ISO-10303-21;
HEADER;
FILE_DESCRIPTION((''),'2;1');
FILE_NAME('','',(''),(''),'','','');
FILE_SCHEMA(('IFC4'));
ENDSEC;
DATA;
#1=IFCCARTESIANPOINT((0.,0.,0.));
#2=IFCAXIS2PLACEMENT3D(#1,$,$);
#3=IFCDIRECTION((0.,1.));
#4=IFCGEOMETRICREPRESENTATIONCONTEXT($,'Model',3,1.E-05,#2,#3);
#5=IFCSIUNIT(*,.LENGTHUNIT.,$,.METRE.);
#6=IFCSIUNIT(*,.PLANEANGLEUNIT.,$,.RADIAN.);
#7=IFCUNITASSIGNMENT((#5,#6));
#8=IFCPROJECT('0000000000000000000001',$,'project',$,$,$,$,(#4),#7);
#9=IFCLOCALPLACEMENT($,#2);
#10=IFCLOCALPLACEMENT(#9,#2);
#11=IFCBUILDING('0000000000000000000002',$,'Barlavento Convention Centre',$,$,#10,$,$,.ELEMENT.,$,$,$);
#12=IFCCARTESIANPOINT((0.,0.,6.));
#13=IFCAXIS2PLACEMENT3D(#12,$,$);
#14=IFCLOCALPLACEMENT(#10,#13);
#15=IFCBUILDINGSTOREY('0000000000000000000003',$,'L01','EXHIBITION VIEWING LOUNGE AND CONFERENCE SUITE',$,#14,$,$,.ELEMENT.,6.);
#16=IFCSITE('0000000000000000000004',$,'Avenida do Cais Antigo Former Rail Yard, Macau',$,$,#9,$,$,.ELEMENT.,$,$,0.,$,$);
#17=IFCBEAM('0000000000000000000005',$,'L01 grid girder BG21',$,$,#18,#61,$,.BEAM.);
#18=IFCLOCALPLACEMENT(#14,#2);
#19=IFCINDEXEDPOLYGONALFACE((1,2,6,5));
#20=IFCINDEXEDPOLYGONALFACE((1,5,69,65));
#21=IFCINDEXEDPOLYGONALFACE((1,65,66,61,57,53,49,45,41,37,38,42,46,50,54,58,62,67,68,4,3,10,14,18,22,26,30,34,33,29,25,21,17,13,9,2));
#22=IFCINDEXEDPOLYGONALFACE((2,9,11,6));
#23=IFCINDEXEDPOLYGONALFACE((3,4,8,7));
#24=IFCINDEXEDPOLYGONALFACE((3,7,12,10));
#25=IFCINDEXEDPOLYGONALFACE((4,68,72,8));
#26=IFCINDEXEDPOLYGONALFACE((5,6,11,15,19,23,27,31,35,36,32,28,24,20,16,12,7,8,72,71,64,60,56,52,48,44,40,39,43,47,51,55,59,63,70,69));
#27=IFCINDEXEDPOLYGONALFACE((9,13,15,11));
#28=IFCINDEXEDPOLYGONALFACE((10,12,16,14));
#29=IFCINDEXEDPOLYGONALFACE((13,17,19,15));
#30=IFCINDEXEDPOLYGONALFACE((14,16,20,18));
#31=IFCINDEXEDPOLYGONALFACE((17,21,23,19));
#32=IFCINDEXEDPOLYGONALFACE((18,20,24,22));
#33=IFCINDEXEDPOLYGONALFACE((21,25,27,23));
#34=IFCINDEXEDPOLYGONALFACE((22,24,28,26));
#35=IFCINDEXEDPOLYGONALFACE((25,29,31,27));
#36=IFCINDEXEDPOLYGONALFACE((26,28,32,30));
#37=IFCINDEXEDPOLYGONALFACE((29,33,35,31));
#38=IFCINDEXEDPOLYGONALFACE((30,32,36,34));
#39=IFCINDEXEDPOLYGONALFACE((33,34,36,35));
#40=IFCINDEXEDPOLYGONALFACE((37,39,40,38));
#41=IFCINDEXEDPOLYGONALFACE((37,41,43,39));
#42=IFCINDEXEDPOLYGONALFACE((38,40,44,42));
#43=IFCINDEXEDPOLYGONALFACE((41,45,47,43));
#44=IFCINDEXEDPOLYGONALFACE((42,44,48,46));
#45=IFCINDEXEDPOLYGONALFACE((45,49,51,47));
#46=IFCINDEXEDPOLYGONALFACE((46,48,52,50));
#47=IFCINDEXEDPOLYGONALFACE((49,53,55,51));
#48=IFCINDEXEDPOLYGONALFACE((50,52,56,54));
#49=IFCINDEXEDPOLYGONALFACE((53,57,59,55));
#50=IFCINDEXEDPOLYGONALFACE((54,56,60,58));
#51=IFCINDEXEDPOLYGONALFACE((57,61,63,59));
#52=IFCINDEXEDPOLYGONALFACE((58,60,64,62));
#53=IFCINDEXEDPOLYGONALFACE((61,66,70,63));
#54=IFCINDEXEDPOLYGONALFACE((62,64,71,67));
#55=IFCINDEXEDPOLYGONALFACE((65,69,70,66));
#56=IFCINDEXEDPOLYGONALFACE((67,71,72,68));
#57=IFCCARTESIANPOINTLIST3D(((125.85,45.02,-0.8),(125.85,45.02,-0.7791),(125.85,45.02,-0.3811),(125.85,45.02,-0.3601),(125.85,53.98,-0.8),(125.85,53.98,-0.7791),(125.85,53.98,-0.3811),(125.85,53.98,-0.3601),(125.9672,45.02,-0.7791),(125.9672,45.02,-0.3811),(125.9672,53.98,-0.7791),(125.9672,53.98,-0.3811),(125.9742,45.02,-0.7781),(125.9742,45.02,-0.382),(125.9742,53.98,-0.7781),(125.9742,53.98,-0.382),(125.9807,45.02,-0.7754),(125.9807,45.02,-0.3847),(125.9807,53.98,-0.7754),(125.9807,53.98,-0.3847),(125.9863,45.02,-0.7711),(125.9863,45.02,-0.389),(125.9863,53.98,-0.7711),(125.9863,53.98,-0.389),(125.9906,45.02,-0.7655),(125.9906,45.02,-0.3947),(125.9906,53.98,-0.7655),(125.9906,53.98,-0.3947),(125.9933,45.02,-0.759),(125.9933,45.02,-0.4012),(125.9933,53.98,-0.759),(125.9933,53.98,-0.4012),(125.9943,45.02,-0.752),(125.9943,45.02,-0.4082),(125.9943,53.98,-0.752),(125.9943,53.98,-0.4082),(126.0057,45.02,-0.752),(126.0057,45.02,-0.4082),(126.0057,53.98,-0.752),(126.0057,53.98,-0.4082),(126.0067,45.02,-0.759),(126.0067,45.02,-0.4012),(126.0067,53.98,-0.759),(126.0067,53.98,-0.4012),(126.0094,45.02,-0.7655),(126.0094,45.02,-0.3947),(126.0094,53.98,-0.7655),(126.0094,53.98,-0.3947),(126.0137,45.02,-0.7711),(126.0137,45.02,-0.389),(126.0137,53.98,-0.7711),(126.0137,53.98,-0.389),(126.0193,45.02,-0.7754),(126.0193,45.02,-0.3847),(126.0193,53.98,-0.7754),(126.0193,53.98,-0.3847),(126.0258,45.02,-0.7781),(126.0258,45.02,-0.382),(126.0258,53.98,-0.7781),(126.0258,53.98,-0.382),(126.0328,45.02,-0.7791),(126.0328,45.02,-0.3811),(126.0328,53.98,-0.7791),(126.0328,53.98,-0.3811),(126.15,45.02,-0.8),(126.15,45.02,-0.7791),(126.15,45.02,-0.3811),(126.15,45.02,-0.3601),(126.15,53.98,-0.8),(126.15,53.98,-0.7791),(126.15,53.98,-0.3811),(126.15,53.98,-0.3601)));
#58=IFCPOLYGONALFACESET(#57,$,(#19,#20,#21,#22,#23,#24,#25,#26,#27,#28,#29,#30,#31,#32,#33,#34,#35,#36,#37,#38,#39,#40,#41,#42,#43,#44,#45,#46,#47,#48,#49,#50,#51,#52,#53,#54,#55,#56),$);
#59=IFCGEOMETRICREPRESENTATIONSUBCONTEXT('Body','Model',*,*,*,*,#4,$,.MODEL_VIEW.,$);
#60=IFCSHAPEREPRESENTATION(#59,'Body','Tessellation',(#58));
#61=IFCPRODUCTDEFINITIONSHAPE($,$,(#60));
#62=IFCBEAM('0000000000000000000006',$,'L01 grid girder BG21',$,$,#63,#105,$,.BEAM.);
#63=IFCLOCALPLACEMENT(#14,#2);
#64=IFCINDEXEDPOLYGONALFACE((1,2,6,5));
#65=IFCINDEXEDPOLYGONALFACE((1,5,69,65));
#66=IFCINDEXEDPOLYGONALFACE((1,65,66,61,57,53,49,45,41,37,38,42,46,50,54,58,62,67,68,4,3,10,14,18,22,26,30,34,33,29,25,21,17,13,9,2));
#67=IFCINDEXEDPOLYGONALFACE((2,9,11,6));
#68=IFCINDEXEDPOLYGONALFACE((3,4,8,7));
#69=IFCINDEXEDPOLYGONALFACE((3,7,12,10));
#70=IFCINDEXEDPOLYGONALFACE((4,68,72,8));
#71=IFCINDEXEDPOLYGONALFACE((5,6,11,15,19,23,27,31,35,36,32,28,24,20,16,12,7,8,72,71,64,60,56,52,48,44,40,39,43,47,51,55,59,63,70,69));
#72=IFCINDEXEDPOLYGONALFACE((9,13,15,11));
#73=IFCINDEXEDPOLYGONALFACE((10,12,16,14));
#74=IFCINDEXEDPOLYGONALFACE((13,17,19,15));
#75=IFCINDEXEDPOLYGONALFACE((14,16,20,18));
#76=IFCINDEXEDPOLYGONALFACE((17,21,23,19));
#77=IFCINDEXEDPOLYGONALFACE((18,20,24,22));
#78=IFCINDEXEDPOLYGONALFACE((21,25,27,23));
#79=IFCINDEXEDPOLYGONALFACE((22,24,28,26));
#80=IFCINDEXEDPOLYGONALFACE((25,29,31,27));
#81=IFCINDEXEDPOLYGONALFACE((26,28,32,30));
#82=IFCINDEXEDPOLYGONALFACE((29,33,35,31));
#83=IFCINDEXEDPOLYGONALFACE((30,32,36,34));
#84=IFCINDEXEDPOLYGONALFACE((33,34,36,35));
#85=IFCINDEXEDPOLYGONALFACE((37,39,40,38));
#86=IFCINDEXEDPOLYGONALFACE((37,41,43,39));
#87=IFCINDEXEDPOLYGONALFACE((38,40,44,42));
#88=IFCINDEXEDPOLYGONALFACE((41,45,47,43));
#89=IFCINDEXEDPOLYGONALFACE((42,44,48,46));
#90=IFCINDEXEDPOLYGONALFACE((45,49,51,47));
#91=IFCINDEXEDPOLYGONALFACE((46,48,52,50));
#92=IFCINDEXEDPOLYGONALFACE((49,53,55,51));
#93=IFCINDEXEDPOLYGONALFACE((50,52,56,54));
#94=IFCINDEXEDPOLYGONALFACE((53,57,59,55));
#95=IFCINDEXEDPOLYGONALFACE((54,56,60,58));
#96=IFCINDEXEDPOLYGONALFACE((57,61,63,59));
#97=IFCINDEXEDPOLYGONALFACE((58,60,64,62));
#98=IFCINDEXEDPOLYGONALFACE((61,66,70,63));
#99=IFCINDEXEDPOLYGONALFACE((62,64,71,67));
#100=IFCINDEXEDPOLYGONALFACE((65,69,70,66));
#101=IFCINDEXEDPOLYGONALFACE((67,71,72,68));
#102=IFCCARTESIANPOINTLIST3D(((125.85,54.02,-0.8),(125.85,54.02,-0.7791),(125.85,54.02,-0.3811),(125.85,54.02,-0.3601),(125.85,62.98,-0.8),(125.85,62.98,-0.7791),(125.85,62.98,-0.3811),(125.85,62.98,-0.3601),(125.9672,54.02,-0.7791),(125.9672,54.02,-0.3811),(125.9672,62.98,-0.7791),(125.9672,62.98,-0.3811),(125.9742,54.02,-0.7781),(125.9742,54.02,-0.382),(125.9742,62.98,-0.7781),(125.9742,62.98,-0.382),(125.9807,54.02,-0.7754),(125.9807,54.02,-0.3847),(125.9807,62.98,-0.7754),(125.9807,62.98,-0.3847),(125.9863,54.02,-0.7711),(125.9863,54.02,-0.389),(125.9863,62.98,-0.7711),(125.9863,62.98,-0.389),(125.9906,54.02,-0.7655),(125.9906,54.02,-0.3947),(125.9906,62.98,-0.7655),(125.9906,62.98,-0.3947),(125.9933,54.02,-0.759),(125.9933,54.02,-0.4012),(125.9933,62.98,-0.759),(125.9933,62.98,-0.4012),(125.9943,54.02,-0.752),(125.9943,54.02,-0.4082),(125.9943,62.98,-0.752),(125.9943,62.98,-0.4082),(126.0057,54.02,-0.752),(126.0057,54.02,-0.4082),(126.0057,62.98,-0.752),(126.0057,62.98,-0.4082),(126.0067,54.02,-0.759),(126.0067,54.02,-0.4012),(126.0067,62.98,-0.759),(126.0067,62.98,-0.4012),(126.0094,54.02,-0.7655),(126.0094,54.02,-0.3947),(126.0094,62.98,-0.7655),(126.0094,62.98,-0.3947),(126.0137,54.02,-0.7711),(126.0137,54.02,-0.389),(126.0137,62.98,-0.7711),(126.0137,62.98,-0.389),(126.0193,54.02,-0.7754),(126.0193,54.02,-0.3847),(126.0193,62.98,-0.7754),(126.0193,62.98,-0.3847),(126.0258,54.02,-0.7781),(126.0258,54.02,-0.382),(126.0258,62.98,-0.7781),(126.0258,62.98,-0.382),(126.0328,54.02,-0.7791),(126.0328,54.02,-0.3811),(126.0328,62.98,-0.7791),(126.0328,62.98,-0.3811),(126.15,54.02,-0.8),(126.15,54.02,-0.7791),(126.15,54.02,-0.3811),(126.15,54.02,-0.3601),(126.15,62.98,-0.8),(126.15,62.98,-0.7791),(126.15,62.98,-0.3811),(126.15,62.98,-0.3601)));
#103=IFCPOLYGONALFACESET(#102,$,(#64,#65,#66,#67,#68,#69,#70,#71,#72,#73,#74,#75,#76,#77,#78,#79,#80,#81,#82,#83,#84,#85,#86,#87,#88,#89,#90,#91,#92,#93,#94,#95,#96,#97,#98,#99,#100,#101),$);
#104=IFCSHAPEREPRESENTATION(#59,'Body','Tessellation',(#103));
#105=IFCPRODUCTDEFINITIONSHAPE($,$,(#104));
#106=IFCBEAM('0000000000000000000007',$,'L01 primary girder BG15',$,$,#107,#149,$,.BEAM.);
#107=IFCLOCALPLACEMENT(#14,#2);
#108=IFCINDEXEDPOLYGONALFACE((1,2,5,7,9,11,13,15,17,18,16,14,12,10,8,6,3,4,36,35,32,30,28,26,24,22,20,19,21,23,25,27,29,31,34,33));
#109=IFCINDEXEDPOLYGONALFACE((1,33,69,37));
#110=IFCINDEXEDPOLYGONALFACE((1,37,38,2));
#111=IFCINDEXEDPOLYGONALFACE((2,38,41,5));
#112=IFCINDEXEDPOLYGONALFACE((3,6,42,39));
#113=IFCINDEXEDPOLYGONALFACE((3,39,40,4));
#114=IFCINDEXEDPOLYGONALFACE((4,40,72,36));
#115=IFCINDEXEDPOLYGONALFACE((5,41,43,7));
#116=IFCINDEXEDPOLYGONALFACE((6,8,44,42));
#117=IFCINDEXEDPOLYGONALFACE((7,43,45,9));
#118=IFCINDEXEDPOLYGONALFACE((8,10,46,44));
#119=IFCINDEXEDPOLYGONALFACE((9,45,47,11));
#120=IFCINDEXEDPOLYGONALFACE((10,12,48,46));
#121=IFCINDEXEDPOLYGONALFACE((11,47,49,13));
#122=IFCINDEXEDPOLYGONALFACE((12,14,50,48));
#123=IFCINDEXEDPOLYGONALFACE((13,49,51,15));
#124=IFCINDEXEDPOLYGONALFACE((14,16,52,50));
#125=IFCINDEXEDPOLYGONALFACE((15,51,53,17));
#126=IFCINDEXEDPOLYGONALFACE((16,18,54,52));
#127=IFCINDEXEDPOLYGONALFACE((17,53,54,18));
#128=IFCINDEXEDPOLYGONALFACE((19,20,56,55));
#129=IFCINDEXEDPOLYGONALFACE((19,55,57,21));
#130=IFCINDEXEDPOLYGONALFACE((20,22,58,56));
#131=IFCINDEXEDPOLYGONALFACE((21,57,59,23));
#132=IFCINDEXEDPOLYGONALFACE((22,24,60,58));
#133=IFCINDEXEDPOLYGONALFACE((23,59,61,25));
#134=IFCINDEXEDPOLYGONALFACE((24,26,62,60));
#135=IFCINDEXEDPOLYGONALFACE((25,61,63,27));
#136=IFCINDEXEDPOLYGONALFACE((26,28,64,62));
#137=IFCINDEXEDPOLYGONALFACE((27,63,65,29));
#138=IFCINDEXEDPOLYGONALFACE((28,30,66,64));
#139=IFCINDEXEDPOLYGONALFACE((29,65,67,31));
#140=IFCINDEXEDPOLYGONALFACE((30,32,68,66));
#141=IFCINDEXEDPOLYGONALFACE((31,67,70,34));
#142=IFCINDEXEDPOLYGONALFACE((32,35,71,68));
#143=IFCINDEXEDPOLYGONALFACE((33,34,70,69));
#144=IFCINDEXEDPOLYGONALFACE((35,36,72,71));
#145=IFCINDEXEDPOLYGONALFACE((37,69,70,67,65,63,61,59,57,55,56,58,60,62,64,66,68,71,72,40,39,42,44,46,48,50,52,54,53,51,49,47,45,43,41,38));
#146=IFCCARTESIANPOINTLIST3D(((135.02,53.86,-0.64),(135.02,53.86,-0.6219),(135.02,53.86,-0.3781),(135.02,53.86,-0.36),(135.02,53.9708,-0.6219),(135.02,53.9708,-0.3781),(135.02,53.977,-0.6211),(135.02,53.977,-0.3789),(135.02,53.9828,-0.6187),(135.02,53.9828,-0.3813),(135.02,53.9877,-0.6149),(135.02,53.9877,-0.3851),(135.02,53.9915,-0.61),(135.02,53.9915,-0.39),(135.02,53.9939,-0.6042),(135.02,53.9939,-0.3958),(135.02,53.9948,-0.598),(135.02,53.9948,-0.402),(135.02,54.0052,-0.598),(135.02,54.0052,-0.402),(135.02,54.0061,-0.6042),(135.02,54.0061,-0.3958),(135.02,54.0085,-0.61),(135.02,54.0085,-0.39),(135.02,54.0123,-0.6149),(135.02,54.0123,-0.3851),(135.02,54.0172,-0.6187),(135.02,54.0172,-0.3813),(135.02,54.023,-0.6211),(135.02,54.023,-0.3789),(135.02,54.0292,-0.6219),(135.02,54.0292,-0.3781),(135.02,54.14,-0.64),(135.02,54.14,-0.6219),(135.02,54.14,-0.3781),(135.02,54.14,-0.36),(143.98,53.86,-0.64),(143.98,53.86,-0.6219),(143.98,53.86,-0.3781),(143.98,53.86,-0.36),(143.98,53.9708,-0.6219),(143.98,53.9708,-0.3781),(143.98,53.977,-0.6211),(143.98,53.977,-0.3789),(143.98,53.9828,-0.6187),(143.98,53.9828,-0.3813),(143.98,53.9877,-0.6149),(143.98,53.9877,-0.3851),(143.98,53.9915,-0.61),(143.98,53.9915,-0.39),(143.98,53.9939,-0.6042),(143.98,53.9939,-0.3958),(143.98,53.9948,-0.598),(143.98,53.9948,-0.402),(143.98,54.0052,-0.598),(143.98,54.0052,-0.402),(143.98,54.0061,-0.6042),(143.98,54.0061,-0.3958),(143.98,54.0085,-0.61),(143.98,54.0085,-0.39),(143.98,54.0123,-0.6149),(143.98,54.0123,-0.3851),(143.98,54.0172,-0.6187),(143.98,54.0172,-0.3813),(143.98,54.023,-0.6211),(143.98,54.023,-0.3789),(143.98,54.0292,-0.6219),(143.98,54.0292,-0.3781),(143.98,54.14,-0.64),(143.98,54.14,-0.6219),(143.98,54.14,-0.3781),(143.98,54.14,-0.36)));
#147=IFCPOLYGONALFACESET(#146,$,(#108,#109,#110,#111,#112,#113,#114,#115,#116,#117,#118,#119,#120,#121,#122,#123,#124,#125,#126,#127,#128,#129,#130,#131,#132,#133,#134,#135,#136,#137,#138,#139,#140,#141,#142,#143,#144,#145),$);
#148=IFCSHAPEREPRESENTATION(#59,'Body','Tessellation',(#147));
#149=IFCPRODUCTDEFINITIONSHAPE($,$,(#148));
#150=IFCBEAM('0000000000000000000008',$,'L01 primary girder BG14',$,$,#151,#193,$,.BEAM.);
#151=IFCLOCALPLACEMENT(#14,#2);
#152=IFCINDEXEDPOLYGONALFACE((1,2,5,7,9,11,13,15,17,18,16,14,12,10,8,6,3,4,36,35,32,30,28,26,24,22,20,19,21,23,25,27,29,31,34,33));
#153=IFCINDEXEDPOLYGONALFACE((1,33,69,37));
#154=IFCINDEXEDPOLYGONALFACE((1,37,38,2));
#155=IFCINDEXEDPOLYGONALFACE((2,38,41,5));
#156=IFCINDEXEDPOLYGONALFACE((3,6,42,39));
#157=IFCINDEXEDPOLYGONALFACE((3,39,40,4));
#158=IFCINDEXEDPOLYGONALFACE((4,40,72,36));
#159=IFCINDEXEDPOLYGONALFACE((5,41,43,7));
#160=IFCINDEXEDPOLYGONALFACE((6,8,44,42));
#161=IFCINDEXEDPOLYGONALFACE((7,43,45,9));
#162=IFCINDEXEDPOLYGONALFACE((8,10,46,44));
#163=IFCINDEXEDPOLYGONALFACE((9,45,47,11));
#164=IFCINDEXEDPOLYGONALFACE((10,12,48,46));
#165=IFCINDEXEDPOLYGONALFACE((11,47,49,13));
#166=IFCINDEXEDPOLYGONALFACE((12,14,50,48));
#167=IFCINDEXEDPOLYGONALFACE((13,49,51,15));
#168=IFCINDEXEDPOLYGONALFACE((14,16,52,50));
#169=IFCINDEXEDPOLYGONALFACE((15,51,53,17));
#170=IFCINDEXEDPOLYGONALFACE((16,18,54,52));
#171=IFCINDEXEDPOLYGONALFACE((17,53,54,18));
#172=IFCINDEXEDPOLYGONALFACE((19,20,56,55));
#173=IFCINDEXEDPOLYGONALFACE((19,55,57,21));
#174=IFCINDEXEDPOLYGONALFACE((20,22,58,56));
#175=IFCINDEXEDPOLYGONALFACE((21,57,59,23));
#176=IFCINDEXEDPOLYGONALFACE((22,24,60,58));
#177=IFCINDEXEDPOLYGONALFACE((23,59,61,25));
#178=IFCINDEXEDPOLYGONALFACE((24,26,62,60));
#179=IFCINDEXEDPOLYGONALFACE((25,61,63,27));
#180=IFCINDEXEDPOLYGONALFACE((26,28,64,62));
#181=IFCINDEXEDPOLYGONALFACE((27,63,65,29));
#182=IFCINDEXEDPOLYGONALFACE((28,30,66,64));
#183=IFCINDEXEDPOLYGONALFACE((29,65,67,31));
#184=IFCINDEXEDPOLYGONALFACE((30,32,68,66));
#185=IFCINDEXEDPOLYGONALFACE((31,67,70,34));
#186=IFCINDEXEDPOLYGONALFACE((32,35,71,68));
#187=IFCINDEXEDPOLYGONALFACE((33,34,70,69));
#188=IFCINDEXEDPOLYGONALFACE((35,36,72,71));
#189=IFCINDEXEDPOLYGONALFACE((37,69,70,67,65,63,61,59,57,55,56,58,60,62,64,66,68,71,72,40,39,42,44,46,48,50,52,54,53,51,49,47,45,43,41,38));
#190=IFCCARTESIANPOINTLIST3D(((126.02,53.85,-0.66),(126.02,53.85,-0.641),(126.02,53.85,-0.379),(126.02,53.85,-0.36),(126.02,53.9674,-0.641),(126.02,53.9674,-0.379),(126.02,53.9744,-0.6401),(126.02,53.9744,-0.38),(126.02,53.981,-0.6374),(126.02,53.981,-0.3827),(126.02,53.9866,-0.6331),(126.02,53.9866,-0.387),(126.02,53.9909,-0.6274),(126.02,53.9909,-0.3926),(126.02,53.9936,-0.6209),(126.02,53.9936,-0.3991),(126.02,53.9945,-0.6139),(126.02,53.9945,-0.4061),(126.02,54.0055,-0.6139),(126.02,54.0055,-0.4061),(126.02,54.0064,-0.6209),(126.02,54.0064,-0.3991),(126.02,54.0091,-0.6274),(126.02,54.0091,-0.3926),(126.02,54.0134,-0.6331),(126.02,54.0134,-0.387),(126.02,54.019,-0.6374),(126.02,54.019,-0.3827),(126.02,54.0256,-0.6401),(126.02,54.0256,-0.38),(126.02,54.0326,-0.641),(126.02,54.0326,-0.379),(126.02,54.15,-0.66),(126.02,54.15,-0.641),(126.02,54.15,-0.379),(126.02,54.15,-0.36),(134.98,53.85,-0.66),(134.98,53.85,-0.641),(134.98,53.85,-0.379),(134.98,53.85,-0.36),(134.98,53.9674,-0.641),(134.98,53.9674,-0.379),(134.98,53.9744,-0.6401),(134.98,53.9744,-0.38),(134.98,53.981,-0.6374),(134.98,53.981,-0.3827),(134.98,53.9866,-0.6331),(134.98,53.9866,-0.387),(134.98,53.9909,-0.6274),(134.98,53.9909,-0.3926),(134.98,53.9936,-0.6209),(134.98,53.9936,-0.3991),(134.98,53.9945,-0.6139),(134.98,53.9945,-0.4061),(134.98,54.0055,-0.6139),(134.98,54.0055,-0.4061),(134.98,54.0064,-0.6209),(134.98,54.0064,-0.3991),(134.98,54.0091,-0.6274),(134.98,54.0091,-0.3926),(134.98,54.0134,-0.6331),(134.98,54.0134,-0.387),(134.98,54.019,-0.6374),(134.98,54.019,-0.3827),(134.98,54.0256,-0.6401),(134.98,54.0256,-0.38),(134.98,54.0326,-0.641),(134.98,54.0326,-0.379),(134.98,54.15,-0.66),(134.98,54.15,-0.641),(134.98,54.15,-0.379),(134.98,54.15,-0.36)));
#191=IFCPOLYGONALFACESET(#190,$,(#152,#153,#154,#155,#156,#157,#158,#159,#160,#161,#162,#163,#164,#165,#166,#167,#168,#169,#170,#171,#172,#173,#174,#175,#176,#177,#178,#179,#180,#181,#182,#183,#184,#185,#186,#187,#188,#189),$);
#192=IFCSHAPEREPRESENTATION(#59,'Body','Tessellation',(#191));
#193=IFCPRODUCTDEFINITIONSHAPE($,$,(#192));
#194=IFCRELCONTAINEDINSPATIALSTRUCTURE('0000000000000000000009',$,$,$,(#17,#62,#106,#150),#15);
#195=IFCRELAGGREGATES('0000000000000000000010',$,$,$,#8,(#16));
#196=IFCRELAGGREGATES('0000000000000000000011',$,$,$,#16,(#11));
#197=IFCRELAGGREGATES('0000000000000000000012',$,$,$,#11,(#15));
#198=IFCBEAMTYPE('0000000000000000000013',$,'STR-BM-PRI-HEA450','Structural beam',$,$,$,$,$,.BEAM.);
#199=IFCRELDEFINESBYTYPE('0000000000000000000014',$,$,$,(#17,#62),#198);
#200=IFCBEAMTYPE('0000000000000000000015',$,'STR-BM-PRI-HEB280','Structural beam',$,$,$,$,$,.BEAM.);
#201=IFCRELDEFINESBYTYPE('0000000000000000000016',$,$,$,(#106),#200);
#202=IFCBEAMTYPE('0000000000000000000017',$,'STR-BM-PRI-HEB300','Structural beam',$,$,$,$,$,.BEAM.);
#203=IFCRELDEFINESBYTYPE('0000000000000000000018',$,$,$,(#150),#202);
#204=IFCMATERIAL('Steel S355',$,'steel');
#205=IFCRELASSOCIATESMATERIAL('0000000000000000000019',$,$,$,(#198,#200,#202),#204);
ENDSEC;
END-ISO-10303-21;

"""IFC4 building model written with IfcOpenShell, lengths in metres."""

from ifc_helpers import new_model, si_unit, direction, frame, origin, origin_2d, place, context, subcontext, project, spatial, i_section, extrude, material, material_profile, profile_set, type_object, element, save


model = new_model("IFC4")

# Units and contexts
model_context = context("Model", 3, precision=1e-05, world=origin(), true_north=direction((0.0, 1.0)))
body_context = subcontext(model_context, "Body", "Model", "MODEL_VIEW")
ifc_project = project(units=[si_unit("LENGTHUNIT", "METRE"), si_unit("PLANEANGLEUNIT", "RADIAN")], contexts=[model_context])

# Site, building, storey
site_placement = place(None, origin())
site = spatial("IfcSite", under=ifc_project, at=site_placement, Name="Avenida do Cais Antigo Former Rail Yard, Macau", CompositionType="ELEMENT", RefElevation=0.0)
building_placement = place(site_placement, origin())
building = spatial("IfcBuilding", under=site, at=building_placement, Name="Barlavento Convention Centre", CompositionType="ELEMENT")
storey_placement = place(building_placement, frame((0.0, 0.0, 6.0)))
storey = spatial("IfcBuildingStorey", under=building, at=storey_placement, Name="L01", Description="EXHIBITION VIEWING LOUNGE AND CONFERENCE SUITE", CompositionType="ELEMENT", Elevation=6.0)

# Shared definitions
ifc_material_1 = material(Name="Steel S355", Category="steel")

# Beams
ifc_material_profile_1 = material_profile(ifc_material_1, i_section(OverallWidth=0.3, OverallDepth=0.4399, WebThickness=0.0115, FlangeThickness=0.021, FilletRadius=0.0271, at=origin_2d()), Name="HEA 450")
ifc_profile_set_1 = profile_set([ifc_material_profile_1], Name="Steel S355")
beam_type_1 = type_object("IfcBeamType", Name="STR-BM-PRI-HEA450", Description="Structural beam", PredefinedType="BEAM", material=ifc_profile_set_1)
for number, where, z_axis, x_axis, name in (
    (1, (126.0, 45.02, -0.5801), (0.0, 1.0, 0.0), (-1.0, 0.0, 0.0), "L01 grid girder BG21"),
    (2, (126.0, 54.02, -0.5801), (0.0, 1.0, 0.0), (-1.0, 0.0, 0.0), "L01 grid girder BG21"),
):
    element("IfcBeam", number, at=place(storey_placement, frame(where, z_axis=z_axis, x_axis=x_axis)), inside=storey, type_object=beam_type_1, Name=name, PredefinedType="BEAM", context=body_context, shape_type="SweptSolid", body=[
        extrude(i_section(OverallWidth=0.3, OverallDepth=0.4399, WebThickness=0.0115, FlangeThickness=0.021, FilletRadius=0.0271, at=origin_2d()), origin(), (0.0, 0.0, 1.0), 8.96),
    ])
ifc_material_profile_2 = material_profile(ifc_material_1, i_section(OverallWidth=0.28, OverallDepth=0.28, WebThickness=0.0105, FlangeThickness=0.0181, FilletRadius=0.0239, at=origin_2d()), Name="HEB 280")
ifc_profile_set_2 = profile_set([ifc_material_profile_2], Name="Steel S355")
beam_type_2 = type_object("IfcBeamType", Name="STR-BM-PRI-HEB280", Description="Structural beam", PredefinedType="BEAM", material=ifc_profile_set_2)
beam_1_placement = place(storey_placement, frame((135.02, 54.0, -0.5), z_axis=(1.0, 0.0, 0.0), x_axis=(0.0, 1.0, 0.0)))
element("IfcBeam", 3, at=beam_1_placement, inside=storey, type_object=beam_type_2, Name="L01 primary girder BG15", PredefinedType="BEAM", context=body_context, shape_type="SweptSolid", body=[
    extrude(i_section(OverallWidth=0.28, OverallDepth=0.28, WebThickness=0.0105, FlangeThickness=0.0181, FilletRadius=0.0239, at=origin_2d()), origin(), (0.0, 0.0, 1.0), 8.96),
])
ifc_material_profile_3 = material_profile(ifc_material_1, i_section(OverallWidth=0.3, OverallDepth=0.3, WebThickness=0.011, FlangeThickness=0.019, FilletRadius=0.0271, at=origin_2d()), Name="HEB 300")
ifc_profile_set_3 = profile_set([ifc_material_profile_3], Name="Steel S355")
beam_type_3 = type_object("IfcBeamType", Name="STR-BM-PRI-HEB300", Description="Structural beam", PredefinedType="BEAM", material=ifc_profile_set_3)
beam_2_placement = place(storey_placement, frame((126.02, 54.0, -0.51), z_axis=(1.0, 0.0, 0.0), x_axis=(0.0, 1.0, 0.0)))
element("IfcBeam", 4, at=beam_2_placement, inside=storey, type_object=beam_type_3, Name="L01 primary girder BG14", PredefinedType="BEAM", context=body_context, shape_type="SweptSolid", body=[
    extrude(i_section(OverallWidth=0.3, OverallDepth=0.3, WebThickness=0.011, FlangeThickness=0.019, FilletRadius=0.0271, at=origin_2d()), origin(), (0.0, 0.0, 1.0), 8.96),
])

save(model, "model.ifc")
